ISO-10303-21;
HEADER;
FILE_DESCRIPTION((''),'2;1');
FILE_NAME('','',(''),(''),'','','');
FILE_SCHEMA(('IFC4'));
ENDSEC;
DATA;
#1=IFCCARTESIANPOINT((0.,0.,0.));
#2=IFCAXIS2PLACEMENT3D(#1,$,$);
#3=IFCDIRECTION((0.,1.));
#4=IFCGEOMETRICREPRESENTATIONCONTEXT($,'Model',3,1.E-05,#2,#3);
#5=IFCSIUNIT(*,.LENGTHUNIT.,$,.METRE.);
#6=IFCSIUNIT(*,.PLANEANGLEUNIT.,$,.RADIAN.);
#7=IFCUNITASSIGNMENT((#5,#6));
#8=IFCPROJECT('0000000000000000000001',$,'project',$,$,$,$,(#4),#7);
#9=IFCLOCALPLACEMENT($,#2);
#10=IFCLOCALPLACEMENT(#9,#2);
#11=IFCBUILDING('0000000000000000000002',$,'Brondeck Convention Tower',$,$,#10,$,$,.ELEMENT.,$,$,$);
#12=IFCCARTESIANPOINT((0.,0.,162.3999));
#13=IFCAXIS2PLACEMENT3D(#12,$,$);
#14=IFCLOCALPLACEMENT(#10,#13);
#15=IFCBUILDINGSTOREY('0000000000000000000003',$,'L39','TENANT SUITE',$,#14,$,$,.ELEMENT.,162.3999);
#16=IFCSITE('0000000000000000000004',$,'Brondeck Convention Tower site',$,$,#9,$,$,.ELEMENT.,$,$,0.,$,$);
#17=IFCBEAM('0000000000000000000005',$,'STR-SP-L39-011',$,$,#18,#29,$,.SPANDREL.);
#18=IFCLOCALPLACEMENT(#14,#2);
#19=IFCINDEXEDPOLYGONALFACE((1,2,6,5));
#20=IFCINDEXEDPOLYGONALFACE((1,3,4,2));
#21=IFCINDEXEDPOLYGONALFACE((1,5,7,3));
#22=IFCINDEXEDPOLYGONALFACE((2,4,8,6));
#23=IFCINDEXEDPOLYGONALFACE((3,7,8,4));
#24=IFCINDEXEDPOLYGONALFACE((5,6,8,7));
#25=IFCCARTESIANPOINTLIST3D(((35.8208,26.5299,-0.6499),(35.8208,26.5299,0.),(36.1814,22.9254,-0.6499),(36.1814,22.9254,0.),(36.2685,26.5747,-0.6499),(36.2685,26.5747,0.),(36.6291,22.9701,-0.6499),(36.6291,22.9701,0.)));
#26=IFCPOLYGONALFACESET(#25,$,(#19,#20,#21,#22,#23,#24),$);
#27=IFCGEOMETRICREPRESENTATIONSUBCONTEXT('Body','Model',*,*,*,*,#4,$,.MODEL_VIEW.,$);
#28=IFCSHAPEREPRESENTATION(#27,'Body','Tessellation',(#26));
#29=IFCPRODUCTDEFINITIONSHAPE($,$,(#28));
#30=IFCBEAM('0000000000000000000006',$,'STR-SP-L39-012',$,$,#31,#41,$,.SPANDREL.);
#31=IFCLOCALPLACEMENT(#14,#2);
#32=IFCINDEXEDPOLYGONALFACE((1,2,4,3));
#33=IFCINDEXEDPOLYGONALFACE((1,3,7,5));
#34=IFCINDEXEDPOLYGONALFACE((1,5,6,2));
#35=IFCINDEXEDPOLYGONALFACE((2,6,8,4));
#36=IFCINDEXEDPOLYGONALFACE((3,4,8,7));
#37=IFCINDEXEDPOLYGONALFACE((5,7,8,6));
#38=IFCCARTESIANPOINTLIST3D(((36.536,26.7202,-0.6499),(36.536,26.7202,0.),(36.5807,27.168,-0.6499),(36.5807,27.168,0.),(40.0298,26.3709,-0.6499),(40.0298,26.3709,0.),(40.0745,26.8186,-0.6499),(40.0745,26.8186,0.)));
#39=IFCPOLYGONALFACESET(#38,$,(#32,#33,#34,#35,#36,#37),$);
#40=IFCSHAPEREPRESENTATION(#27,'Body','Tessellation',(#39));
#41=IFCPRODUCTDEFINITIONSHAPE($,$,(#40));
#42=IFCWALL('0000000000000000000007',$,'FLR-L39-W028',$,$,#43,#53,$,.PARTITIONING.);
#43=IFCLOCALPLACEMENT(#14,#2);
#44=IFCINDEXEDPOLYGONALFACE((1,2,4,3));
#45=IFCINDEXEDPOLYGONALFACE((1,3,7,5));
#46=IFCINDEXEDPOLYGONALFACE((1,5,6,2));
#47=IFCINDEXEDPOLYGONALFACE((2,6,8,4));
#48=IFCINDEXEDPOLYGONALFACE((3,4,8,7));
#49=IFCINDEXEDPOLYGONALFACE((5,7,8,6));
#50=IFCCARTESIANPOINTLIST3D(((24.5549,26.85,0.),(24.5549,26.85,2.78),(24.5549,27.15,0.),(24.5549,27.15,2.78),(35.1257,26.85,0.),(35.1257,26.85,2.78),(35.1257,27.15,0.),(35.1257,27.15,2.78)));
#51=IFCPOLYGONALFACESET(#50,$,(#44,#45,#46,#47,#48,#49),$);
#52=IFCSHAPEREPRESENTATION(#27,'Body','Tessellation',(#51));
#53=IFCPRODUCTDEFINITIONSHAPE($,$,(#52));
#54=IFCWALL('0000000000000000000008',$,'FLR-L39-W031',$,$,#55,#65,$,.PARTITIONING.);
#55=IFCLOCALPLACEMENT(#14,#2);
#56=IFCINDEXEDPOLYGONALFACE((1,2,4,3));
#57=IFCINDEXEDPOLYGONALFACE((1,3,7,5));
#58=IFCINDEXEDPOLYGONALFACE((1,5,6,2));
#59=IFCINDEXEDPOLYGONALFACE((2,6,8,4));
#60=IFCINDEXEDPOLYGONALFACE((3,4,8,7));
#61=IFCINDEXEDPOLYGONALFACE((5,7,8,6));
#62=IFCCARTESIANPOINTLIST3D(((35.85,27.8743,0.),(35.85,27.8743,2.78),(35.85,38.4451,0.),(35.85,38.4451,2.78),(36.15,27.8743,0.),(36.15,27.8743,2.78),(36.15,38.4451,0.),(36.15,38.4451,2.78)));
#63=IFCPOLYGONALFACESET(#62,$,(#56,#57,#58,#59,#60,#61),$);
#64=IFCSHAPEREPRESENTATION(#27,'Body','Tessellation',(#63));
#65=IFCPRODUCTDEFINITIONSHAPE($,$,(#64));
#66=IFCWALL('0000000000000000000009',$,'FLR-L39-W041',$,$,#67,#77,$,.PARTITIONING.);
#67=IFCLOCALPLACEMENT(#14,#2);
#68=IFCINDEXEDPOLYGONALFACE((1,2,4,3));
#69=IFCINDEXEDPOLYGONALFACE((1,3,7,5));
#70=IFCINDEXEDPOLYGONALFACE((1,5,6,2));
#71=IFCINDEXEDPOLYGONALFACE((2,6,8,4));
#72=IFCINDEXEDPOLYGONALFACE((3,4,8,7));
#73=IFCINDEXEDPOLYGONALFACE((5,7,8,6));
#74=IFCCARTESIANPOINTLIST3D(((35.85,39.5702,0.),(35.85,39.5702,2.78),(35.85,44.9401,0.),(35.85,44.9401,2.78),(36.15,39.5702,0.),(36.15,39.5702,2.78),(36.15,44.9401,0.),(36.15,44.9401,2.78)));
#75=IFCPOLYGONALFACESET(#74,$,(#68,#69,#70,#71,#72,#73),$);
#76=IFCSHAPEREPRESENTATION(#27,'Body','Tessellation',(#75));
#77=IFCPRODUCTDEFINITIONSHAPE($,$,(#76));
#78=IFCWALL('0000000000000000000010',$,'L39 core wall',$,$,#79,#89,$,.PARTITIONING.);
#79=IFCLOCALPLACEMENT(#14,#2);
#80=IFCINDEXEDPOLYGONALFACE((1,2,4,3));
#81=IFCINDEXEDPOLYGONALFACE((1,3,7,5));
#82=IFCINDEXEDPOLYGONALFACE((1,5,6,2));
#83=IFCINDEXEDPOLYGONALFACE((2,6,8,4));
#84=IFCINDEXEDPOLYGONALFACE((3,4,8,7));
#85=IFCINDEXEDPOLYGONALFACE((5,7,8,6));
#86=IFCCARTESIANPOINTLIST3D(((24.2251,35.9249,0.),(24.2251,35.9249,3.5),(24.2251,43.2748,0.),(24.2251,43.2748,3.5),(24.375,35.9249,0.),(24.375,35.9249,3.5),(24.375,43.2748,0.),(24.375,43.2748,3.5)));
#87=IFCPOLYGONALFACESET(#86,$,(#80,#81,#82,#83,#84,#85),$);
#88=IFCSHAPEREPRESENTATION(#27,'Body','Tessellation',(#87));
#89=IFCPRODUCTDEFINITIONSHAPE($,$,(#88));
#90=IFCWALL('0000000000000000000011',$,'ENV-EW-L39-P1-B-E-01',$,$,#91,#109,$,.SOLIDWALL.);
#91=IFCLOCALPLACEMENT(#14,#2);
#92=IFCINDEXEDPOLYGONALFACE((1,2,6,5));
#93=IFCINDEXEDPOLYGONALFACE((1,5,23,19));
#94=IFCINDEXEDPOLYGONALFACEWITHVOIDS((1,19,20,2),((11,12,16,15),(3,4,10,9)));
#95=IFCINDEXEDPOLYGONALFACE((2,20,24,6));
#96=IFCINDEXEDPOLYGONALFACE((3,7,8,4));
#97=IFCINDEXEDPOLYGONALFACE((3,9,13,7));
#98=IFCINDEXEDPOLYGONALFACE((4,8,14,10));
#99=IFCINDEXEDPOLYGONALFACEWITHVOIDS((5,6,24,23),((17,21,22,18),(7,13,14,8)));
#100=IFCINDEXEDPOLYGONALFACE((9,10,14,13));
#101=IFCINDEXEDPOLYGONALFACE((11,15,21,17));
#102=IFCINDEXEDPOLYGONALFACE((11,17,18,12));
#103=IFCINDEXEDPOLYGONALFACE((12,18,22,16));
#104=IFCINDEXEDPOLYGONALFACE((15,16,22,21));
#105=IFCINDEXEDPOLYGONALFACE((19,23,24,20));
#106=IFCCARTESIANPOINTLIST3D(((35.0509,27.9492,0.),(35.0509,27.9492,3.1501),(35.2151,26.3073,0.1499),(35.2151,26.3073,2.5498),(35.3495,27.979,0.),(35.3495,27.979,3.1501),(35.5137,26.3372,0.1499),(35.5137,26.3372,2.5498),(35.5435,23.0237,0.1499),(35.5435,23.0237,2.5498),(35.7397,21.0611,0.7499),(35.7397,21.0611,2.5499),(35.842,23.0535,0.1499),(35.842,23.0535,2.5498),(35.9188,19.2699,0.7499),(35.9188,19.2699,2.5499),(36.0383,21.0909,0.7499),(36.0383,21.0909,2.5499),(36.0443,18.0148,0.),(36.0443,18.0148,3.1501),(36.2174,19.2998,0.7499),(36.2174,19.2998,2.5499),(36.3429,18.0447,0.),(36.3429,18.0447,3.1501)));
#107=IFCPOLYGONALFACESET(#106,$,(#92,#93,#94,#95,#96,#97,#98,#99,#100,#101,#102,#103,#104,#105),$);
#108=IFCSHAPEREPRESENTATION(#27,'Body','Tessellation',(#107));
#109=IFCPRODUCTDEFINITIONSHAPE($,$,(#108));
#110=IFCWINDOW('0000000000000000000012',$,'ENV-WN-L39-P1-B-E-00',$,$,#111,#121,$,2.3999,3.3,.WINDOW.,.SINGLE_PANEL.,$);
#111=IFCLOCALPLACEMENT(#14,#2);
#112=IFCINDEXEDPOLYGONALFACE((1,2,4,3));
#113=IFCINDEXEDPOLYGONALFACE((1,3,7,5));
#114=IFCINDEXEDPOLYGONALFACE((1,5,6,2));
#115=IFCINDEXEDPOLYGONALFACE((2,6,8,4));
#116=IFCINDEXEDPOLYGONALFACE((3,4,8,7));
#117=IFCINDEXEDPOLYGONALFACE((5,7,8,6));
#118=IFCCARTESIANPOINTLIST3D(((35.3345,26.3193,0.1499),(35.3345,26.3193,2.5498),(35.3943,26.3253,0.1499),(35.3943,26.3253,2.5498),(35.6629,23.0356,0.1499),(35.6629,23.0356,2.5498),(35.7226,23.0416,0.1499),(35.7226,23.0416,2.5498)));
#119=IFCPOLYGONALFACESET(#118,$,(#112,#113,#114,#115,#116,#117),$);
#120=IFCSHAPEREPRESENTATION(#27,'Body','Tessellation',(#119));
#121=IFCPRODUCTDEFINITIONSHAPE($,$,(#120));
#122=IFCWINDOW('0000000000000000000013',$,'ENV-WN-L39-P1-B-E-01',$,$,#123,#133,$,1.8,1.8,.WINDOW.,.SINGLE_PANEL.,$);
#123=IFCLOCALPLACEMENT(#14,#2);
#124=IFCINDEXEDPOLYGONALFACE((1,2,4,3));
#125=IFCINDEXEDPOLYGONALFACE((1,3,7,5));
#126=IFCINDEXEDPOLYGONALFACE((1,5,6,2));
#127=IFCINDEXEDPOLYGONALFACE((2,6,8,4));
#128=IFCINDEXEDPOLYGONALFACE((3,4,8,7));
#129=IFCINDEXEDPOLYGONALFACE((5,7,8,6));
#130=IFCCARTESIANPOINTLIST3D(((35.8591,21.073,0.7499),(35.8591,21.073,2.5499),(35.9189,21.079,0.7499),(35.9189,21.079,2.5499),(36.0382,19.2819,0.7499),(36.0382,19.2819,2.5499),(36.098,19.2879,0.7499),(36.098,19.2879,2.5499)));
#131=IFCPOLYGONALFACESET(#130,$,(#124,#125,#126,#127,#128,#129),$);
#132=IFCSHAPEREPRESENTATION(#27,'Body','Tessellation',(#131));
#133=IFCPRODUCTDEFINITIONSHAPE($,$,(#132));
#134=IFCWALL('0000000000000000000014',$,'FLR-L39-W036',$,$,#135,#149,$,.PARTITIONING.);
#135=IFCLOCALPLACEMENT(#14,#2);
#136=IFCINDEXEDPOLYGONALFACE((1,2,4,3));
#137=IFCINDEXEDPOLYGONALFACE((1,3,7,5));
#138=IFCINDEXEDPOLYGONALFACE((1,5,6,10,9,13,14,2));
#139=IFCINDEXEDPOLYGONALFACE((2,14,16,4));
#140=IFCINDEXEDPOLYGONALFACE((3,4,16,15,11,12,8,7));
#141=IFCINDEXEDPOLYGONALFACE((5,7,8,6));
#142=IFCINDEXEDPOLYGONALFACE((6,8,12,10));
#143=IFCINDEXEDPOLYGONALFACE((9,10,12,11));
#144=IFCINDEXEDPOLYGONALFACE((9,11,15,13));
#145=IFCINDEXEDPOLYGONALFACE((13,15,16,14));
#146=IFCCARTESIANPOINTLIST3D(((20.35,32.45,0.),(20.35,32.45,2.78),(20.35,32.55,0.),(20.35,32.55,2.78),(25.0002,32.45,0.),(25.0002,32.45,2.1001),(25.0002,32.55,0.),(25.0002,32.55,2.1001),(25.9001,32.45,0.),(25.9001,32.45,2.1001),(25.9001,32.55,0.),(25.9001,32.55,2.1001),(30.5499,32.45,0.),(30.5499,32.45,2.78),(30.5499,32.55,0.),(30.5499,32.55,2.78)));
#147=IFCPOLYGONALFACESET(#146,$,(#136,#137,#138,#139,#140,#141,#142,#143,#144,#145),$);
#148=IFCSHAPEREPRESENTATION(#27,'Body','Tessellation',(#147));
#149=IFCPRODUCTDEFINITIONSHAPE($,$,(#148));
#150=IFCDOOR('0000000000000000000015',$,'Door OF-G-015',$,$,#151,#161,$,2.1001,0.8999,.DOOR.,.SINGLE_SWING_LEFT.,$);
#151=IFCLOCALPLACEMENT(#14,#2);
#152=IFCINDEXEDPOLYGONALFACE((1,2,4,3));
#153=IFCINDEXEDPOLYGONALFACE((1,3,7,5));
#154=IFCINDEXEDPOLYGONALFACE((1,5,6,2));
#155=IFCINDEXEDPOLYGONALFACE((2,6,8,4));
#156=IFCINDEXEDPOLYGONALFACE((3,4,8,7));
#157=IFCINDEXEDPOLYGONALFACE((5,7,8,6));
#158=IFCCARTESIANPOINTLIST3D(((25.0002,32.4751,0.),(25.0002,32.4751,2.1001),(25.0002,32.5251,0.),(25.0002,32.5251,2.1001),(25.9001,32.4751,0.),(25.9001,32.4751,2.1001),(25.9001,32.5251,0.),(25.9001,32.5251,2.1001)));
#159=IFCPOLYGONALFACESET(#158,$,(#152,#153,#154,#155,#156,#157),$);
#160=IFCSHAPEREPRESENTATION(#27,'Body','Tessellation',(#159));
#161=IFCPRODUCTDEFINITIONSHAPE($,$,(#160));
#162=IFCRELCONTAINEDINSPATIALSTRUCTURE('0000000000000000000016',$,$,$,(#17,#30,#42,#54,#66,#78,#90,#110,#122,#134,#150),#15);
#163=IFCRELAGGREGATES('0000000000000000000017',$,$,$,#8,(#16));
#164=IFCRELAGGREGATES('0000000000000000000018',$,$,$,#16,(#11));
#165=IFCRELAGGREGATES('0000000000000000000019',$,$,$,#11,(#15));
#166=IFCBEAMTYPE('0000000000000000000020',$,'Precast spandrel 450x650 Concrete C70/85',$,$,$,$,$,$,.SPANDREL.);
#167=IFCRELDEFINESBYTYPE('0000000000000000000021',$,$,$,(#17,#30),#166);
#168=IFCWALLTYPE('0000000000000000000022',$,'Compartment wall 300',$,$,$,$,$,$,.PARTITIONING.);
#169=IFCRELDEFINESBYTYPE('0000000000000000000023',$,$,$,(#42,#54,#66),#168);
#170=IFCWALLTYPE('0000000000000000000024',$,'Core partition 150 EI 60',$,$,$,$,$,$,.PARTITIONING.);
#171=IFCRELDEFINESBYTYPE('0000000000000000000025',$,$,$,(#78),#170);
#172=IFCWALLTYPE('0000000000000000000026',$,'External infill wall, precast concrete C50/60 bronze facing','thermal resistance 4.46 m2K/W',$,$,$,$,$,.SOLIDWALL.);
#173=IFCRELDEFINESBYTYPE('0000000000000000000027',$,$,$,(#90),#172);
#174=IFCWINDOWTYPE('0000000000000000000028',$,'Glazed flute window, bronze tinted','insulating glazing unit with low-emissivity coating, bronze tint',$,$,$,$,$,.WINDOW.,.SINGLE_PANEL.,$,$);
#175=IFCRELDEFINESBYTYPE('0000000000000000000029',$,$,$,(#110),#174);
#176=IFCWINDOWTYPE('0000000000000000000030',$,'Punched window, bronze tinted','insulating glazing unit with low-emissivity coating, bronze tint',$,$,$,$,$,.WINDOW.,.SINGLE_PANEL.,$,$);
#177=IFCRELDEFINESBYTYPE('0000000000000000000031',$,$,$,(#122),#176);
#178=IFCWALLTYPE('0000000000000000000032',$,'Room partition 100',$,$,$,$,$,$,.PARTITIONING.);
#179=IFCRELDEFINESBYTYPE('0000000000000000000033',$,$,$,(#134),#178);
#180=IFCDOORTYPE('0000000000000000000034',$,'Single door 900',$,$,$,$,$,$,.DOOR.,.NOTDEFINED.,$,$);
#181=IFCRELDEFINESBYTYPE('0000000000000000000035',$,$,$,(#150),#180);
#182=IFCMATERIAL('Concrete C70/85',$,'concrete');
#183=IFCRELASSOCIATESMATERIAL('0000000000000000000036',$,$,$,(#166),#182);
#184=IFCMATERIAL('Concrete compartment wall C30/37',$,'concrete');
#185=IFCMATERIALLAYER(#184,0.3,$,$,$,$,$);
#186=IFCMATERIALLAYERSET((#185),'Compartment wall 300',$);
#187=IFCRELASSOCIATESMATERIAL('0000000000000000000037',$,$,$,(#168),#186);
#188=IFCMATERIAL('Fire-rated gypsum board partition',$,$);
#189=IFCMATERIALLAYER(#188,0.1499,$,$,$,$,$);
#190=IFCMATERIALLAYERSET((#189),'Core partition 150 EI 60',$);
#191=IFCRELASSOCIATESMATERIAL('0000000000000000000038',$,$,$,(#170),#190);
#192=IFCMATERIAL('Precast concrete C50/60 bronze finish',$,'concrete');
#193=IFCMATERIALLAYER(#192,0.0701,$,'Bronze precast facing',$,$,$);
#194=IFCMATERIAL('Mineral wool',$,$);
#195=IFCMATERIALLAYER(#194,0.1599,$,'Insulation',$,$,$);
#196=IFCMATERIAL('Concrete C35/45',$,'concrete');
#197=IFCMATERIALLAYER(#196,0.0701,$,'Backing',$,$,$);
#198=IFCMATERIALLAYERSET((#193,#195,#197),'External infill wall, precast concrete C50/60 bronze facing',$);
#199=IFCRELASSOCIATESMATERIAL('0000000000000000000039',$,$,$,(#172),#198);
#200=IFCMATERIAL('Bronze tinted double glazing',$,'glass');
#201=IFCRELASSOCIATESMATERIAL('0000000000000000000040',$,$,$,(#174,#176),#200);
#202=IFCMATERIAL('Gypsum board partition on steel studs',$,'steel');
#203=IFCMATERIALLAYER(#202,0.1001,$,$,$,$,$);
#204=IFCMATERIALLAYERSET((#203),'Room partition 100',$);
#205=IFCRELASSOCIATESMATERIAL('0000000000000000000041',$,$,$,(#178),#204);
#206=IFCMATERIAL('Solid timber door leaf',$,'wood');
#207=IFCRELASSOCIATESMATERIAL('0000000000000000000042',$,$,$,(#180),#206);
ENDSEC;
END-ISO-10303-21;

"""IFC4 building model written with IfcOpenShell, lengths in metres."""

from ifc_helpers import new_model, si_unit, direction, frame, frame_2d, origin, origin_2d, place, context, subcontext, project, spatial, rectangle, extrude, material, layer, layer_set, material_profile, profile_set, type_object, element, fill, save


model = new_model("IFC4")

# Units and contexts
model_context = context("Model", 3, precision=1e-05, world=origin(), true_north=direction((0.0, 1.0)))
body_context = subcontext(model_context, "Body", "Model", "MODEL_VIEW")
ifc_project = project(units=[si_unit("LENGTHUNIT", "METRE"), si_unit("PLANEANGLEUNIT", "RADIAN")], contexts=[model_context])

# Site, building, storey
site_placement = place(None, origin())
site = spatial("IfcSite", under=ifc_project, at=site_placement, Name="Brondeck Convention Tower site", CompositionType="ELEMENT", RefElevation=0.0)
building_placement = place(site_placement, origin())
building = spatial("IfcBuilding", under=site, at=building_placement, Name="Brondeck Convention Tower", CompositionType="ELEMENT")
storey_placement = place(building_placement, frame((0.0, 0.0, 162.3999)))
storey = spatial("IfcBuildingStorey", under=building, at=storey_placement, Name="L39", Description="TENANT SUITE", CompositionType="ELEMENT", Elevation=162.3999)

# Shared definitions
ifc_material_1 = material(Name="Concrete C70/85", Category="concrete")

# Beams
ifc_material_profile_1 = material_profile(ifc_material_1, rectangle(XDim=0.45, YDim=0.6499, at=origin_2d()), Name="Precast spandrel 450x650 Concrete C70/85")
ifc_profile_set_1 = profile_set([ifc_material_profile_1], Name="Concrete C70/85")
beam_type_1 = type_object("IfcBeamType", Name="Precast spandrel 450x650 Concrete C70/85", PredefinedType="SPANDREL", material=ifc_profile_set_1)
beam_1_placement = place(storey_placement, frame((36.4053, 22.9478, -0.325), z_axis=(-0.099544, 0.995033, 0.0), x_axis=(-0.995033, -0.099544, 0.0)))
element("IfcBeam", 1, at=beam_1_placement, inside=storey, type_object=beam_type_1, Name="STR-SP-L39-011", PredefinedType="SPANDREL", context=body_context, shape_type="SweptSolid", body=[
    extrude(rectangle(XDim=0.45, YDim=0.6499, at=origin_2d()), origin(), (0.0, 0.0, 1.0), 3.6226),
])
beam_2_placement = place(storey_placement, frame((36.5583, 26.9441, -0.325), z_axis=(0.995038, -0.099497, 0.0), x_axis=(0.099497, 0.995038, 0.0)))
element("IfcBeam", 2, at=beam_2_placement, inside=storey, type_object=beam_type_1, Name="STR-SP-L39-012", PredefinedType="SPANDREL", context=body_context, shape_type="SweptSolid", body=[
    extrude(rectangle(XDim=0.45, YDim=0.6499, at=origin_2d()), origin(), (0.0, 0.0, 1.0), 3.5112),
])

# Walls
ifc_material_2 = material(Name="Concrete compartment wall C30/37", Category="concrete")
ifc_layer_1 = layer(ifc_material_2, 0.3)
ifc_layer_set_1 = layer_set([ifc_layer_1], Name="Compartment wall 300")
wall_type_1 = type_object("IfcWallType", Name="Compartment wall 300", PredefinedType="PARTITIONING", material=ifc_layer_set_1)
for number, where, z_axis, x_axis, name in (
    (3, (24.5549, 27.0, 0.0), (0.0, 0.0, 1.0), (1.0, 0.0, 0.0), "FLR-L39-W028"),
    (4, (36.0, 27.8743, 0.0), (0.0, 0.0, 1.0), (0.0, 1.0, 0.0), "FLR-L39-W031"),
):
    element("IfcWall", number, at=place(storey_placement, frame(where, z_axis=z_axis, x_axis=x_axis)), inside=storey, type_object=wall_type_1, Name=name, PredefinedType="PARTITIONING", context=body_context, shape_type="SweptSolid", body=[
        extrude(rectangle(XDim=10.5708, YDim=0.3, at=frame_2d((5.2854, 0.0))), origin(), (0.0, 0.0, 1.0), 2.78),
    ])
wall_1_placement = place(storey_placement, frame((36.0, 39.5701, 0.0), z_axis=(0.0, 0.0, 1.0), x_axis=(0.0, 1.0, 0.0)))
element("IfcWall", 5, at=wall_1_placement, inside=storey, type_object=wall_type_1, Name="FLR-L39-W041", PredefinedType="PARTITIONING", context=body_context, shape_type="SweptSolid", body=[
    extrude(rectangle(XDim=5.3699, YDim=0.3, at=frame_2d((2.6851, 0.0))), origin(), (0.0, 0.0, 1.0), 2.78),
])
ifc_material_3 = material(Name="Fire-rated gypsum board partition")
ifc_layer_2 = layer(ifc_material_3, 0.1499)
ifc_layer_set_2 = layer_set([ifc_layer_2], Name="Core partition 150 EI 60")
wall_type_2 = type_object("IfcWallType", Name="Core partition 150 EI 60", PredefinedType="PARTITIONING", material=ifc_layer_set_2)
wall_2_placement = place(storey_placement, frame((24.3, 35.925, 0.0), z_axis=(0.0, 0.0, 1.0), x_axis=(0.0, 1.0, 0.0)))
element("IfcWall", 6, at=wall_2_placement, inside=storey, type_object=wall_type_2, Name="L39 core wall", PredefinedType="PARTITIONING", context=body_context, shape_type="SweptSolid", body=[
    extrude(rectangle(XDim=7.3499, YDim=0.1499, at=frame_2d((3.6748, 0.0))), origin(), (0.0, 0.0, 1.0), 3.5),
])

# Wall, openings, windows
ifc_material_4 = material(Name="Precast concrete C50/60 bronze finish", Category="concrete")
ifc_layer_3 = layer(ifc_material_4, 0.0701, Name="Bronze precast facing")
ifc_material_5 = material(Name="Mineral wool")
ifc_layer_4 = layer(ifc_material_5, 0.1599, Name="Insulation")
ifc_material_6 = material(Name="Concrete C35/45", Category="concrete")
ifc_layer_5 = layer(ifc_material_6, 0.0701, Name="Backing")
ifc_layer_set_3 = layer_set([ifc_layer_3, ifc_layer_4, ifc_layer_5], Name="External infill wall, precast concrete C50/60 bronze facing")
wall_type_3 = type_object("IfcWallType", Name="External infill wall, precast concrete C50/60 bronze facing", Description="thermal resistance 4.46 m2K/W", PredefinedType="SOLIDWALL", material=ifc_layer_set_3)
wall_3_placement = place(storey_placement, frame((35.2002, 27.9641, 0.0), z_axis=(0.0, 0.0, 1.0), x_axis=(0.099501, -0.995037, 0.0)))
wall_3 = element("IfcWall", 7, at=wall_3_placement, inside=storey, type_object=wall_type_3, Name="ENV-EW-L39-P1-B-E-01", PredefinedType="SOLIDWALL", context=body_context, shape_type="SweptSolid", body=[
    extrude(rectangle(XDim=9.9839, YDim=0.3, at=frame_2d((4.9919, 0.0))), origin(), (0.0, 0.0, 1.0), 3.1501),
])
opening_1_placement = place(wall_3_placement, frame((1.6501, 0.0, 0.1499)))
opening_1 = element("IfcOpeningElement", 8, at=opening_1_placement, cuts=wall_3, PredefinedType="OPENING", context=body_context, shape_type="SweptSolid", body=[
    extrude(rectangle(XDim=3.3, YDim=2.3999, at=frame_2d((1.6499, 1.2))), frame((0.0, 0.1599, 0.0), z_axis=(0.0, -1.0, 0.0), x_axis=(1.0, 0.0, 0.0)), (0.0, 0.0, 1.0), 0.3201),
])
opening_2_placement = place(wall_3_placement, frame((6.9226, 0.0, 0.75)))
opening_2 = element("IfcOpeningElement", 9, at=opening_2_placement, cuts=wall_3, PredefinedType="OPENING", context=body_context, shape_type="SweptSolid", body=[
    extrude(rectangle(XDim=1.8, YDim=1.8, at=frame_2d((0.8999, 0.8999))), frame((0.0, 0.1599, 0.0), z_axis=(0.0, -1.0, 0.0), x_axis=(1.0, 0.0, 0.0)), (0.0, 0.0, 1.0), 0.3201),
])
ifc_material_7 = material(Name="Bronze tinted double glazing", Category="glass")
window_type_1 = type_object("IfcWindowType", Name="Glazed flute window, bronze tinted", Description="insulating glazing unit with low-emissivity coating, bronze tint", PartitioningType="SINGLE_PANEL", PredefinedType="WINDOW", material=ifc_material_7)
window_1_placement = place(opening_1_placement, origin())
window_1 = element("IfcWindow", 10, at=window_1_placement, inside=storey, type_object=window_type_1, Name="ENV-WN-L39-P1-B-E-00", OverallHeight=2.3999, OverallWidth=3.3, PartitioningType="SINGLE_PANEL", PredefinedType="WINDOW", context=body_context, shape_type="SweptSolid", body=[
    extrude(rectangle(XDim=3.3, YDim=2.3999, at=frame_2d((1.6499, 1.2))), frame((0.0, 0.03, 0.0), z_axis=(0.0, -1.0, 0.0), x_axis=(1.0, 0.0, 0.0)), (0.0, 0.0, 1.0), 0.0601),
])
fill(opening_1, window_1)
window_type_2 = type_object("IfcWindowType", Name="Punched window, bronze tinted", Description="insulating glazing unit with low-emissivity coating, bronze tint", PartitioningType="SINGLE_PANEL", PredefinedType="WINDOW", material=ifc_material_7)
window_2_placement = place(opening_2_placement, origin())
window_2 = element("IfcWindow", 11, at=window_2_placement, inside=storey, type_object=window_type_2, Name="ENV-WN-L39-P1-B-E-01", OverallHeight=1.8, OverallWidth=1.8, PartitioningType="SINGLE_PANEL", PredefinedType="WINDOW", context=body_context, shape_type="SweptSolid", body=[
    extrude(rectangle(XDim=1.8, YDim=1.8, at=frame_2d((0.8999, 0.8999))), frame((0.0, 0.03, 0.0), z_axis=(0.0, -1.0, 0.0), x_axis=(1.0, 0.0, 0.0)), (0.0, 0.0, 1.0), 0.0601),
])
fill(opening_2, window_2)

# Wall, opening, door
ifc_material_8 = material(Name="Gypsum board partition on steel studs", Category="steel")
ifc_layer_6 = layer(ifc_material_8, 0.1001)
ifc_layer_set_4 = layer_set([ifc_layer_6], Name="Room partition 100")
wall_type_4 = type_object("IfcWallType", Name="Room partition 100", PredefinedType="PARTITIONING", material=ifc_layer_set_4)
wall_4_placement = place(storey_placement, frame((30.55, 32.5, 0.0), z_axis=(0.0, 0.0, 1.0), x_axis=(-1.0, 0.0, 0.0)))
wall_4 = element("IfcWall", 12, at=wall_4_placement, inside=storey, type_object=wall_type_4, Name="FLR-L39-W036", PredefinedType="PARTITIONING", context=body_context, shape_type="SweptSolid", body=[
    extrude(rectangle(XDim=10.2, YDim=0.1001, at=frame_2d((5.1001, 0.0))), origin(), (0.0, 0.0, 1.0), 2.78),
])
opening_3_placement = place(wall_4_placement, frame((4.6499, 0.0, 0.0)))
opening_3 = element("IfcOpeningElement", 13, at=opening_3_placement, cuts=wall_4, PredefinedType="OPENING", context=body_context, shape_type="SweptSolid", body=[
    extrude(rectangle(XDim=0.8999, YDim=2.1001, at=frame_2d((0.45, 1.05))), frame((0.0, 0.0601, 0.0), z_axis=(0.0, -1.0, 0.0), x_axis=(1.0, 0.0, 0.0)), (0.0, 0.0, 1.0), 0.1201),
])
ifc_material_9 = material(Name="Solid timber door leaf", Category="wood")
door_type = type_object("IfcDoorType", Name="Single door 900", OperationType="NOTDEFINED", PredefinedType="DOOR", material=ifc_material_9)
door_placement = place(opening_3_placement, origin())
door = element("IfcDoor", 14, at=door_placement, inside=storey, type_object=door_type, Name="Door OF-G-015", OperationType="SINGLE_SWING_LEFT", OverallHeight=2.1001, OverallWidth=0.8999, PredefinedType="DOOR", context=body_context, shape_type="SweptSolid", body=[
    extrude(rectangle(XDim=0.8999, YDim=2.1001, at=frame_2d((0.45, 1.05))), frame((0.0, 0.0249, 0.0), z_axis=(0.0, -1.0, 0.0), x_axis=(1.0, 0.0, 0.0)), (0.0, 0.0, 1.0), 0.05),
])
fill(opening_3, door)

save(model, "model.ifc")
